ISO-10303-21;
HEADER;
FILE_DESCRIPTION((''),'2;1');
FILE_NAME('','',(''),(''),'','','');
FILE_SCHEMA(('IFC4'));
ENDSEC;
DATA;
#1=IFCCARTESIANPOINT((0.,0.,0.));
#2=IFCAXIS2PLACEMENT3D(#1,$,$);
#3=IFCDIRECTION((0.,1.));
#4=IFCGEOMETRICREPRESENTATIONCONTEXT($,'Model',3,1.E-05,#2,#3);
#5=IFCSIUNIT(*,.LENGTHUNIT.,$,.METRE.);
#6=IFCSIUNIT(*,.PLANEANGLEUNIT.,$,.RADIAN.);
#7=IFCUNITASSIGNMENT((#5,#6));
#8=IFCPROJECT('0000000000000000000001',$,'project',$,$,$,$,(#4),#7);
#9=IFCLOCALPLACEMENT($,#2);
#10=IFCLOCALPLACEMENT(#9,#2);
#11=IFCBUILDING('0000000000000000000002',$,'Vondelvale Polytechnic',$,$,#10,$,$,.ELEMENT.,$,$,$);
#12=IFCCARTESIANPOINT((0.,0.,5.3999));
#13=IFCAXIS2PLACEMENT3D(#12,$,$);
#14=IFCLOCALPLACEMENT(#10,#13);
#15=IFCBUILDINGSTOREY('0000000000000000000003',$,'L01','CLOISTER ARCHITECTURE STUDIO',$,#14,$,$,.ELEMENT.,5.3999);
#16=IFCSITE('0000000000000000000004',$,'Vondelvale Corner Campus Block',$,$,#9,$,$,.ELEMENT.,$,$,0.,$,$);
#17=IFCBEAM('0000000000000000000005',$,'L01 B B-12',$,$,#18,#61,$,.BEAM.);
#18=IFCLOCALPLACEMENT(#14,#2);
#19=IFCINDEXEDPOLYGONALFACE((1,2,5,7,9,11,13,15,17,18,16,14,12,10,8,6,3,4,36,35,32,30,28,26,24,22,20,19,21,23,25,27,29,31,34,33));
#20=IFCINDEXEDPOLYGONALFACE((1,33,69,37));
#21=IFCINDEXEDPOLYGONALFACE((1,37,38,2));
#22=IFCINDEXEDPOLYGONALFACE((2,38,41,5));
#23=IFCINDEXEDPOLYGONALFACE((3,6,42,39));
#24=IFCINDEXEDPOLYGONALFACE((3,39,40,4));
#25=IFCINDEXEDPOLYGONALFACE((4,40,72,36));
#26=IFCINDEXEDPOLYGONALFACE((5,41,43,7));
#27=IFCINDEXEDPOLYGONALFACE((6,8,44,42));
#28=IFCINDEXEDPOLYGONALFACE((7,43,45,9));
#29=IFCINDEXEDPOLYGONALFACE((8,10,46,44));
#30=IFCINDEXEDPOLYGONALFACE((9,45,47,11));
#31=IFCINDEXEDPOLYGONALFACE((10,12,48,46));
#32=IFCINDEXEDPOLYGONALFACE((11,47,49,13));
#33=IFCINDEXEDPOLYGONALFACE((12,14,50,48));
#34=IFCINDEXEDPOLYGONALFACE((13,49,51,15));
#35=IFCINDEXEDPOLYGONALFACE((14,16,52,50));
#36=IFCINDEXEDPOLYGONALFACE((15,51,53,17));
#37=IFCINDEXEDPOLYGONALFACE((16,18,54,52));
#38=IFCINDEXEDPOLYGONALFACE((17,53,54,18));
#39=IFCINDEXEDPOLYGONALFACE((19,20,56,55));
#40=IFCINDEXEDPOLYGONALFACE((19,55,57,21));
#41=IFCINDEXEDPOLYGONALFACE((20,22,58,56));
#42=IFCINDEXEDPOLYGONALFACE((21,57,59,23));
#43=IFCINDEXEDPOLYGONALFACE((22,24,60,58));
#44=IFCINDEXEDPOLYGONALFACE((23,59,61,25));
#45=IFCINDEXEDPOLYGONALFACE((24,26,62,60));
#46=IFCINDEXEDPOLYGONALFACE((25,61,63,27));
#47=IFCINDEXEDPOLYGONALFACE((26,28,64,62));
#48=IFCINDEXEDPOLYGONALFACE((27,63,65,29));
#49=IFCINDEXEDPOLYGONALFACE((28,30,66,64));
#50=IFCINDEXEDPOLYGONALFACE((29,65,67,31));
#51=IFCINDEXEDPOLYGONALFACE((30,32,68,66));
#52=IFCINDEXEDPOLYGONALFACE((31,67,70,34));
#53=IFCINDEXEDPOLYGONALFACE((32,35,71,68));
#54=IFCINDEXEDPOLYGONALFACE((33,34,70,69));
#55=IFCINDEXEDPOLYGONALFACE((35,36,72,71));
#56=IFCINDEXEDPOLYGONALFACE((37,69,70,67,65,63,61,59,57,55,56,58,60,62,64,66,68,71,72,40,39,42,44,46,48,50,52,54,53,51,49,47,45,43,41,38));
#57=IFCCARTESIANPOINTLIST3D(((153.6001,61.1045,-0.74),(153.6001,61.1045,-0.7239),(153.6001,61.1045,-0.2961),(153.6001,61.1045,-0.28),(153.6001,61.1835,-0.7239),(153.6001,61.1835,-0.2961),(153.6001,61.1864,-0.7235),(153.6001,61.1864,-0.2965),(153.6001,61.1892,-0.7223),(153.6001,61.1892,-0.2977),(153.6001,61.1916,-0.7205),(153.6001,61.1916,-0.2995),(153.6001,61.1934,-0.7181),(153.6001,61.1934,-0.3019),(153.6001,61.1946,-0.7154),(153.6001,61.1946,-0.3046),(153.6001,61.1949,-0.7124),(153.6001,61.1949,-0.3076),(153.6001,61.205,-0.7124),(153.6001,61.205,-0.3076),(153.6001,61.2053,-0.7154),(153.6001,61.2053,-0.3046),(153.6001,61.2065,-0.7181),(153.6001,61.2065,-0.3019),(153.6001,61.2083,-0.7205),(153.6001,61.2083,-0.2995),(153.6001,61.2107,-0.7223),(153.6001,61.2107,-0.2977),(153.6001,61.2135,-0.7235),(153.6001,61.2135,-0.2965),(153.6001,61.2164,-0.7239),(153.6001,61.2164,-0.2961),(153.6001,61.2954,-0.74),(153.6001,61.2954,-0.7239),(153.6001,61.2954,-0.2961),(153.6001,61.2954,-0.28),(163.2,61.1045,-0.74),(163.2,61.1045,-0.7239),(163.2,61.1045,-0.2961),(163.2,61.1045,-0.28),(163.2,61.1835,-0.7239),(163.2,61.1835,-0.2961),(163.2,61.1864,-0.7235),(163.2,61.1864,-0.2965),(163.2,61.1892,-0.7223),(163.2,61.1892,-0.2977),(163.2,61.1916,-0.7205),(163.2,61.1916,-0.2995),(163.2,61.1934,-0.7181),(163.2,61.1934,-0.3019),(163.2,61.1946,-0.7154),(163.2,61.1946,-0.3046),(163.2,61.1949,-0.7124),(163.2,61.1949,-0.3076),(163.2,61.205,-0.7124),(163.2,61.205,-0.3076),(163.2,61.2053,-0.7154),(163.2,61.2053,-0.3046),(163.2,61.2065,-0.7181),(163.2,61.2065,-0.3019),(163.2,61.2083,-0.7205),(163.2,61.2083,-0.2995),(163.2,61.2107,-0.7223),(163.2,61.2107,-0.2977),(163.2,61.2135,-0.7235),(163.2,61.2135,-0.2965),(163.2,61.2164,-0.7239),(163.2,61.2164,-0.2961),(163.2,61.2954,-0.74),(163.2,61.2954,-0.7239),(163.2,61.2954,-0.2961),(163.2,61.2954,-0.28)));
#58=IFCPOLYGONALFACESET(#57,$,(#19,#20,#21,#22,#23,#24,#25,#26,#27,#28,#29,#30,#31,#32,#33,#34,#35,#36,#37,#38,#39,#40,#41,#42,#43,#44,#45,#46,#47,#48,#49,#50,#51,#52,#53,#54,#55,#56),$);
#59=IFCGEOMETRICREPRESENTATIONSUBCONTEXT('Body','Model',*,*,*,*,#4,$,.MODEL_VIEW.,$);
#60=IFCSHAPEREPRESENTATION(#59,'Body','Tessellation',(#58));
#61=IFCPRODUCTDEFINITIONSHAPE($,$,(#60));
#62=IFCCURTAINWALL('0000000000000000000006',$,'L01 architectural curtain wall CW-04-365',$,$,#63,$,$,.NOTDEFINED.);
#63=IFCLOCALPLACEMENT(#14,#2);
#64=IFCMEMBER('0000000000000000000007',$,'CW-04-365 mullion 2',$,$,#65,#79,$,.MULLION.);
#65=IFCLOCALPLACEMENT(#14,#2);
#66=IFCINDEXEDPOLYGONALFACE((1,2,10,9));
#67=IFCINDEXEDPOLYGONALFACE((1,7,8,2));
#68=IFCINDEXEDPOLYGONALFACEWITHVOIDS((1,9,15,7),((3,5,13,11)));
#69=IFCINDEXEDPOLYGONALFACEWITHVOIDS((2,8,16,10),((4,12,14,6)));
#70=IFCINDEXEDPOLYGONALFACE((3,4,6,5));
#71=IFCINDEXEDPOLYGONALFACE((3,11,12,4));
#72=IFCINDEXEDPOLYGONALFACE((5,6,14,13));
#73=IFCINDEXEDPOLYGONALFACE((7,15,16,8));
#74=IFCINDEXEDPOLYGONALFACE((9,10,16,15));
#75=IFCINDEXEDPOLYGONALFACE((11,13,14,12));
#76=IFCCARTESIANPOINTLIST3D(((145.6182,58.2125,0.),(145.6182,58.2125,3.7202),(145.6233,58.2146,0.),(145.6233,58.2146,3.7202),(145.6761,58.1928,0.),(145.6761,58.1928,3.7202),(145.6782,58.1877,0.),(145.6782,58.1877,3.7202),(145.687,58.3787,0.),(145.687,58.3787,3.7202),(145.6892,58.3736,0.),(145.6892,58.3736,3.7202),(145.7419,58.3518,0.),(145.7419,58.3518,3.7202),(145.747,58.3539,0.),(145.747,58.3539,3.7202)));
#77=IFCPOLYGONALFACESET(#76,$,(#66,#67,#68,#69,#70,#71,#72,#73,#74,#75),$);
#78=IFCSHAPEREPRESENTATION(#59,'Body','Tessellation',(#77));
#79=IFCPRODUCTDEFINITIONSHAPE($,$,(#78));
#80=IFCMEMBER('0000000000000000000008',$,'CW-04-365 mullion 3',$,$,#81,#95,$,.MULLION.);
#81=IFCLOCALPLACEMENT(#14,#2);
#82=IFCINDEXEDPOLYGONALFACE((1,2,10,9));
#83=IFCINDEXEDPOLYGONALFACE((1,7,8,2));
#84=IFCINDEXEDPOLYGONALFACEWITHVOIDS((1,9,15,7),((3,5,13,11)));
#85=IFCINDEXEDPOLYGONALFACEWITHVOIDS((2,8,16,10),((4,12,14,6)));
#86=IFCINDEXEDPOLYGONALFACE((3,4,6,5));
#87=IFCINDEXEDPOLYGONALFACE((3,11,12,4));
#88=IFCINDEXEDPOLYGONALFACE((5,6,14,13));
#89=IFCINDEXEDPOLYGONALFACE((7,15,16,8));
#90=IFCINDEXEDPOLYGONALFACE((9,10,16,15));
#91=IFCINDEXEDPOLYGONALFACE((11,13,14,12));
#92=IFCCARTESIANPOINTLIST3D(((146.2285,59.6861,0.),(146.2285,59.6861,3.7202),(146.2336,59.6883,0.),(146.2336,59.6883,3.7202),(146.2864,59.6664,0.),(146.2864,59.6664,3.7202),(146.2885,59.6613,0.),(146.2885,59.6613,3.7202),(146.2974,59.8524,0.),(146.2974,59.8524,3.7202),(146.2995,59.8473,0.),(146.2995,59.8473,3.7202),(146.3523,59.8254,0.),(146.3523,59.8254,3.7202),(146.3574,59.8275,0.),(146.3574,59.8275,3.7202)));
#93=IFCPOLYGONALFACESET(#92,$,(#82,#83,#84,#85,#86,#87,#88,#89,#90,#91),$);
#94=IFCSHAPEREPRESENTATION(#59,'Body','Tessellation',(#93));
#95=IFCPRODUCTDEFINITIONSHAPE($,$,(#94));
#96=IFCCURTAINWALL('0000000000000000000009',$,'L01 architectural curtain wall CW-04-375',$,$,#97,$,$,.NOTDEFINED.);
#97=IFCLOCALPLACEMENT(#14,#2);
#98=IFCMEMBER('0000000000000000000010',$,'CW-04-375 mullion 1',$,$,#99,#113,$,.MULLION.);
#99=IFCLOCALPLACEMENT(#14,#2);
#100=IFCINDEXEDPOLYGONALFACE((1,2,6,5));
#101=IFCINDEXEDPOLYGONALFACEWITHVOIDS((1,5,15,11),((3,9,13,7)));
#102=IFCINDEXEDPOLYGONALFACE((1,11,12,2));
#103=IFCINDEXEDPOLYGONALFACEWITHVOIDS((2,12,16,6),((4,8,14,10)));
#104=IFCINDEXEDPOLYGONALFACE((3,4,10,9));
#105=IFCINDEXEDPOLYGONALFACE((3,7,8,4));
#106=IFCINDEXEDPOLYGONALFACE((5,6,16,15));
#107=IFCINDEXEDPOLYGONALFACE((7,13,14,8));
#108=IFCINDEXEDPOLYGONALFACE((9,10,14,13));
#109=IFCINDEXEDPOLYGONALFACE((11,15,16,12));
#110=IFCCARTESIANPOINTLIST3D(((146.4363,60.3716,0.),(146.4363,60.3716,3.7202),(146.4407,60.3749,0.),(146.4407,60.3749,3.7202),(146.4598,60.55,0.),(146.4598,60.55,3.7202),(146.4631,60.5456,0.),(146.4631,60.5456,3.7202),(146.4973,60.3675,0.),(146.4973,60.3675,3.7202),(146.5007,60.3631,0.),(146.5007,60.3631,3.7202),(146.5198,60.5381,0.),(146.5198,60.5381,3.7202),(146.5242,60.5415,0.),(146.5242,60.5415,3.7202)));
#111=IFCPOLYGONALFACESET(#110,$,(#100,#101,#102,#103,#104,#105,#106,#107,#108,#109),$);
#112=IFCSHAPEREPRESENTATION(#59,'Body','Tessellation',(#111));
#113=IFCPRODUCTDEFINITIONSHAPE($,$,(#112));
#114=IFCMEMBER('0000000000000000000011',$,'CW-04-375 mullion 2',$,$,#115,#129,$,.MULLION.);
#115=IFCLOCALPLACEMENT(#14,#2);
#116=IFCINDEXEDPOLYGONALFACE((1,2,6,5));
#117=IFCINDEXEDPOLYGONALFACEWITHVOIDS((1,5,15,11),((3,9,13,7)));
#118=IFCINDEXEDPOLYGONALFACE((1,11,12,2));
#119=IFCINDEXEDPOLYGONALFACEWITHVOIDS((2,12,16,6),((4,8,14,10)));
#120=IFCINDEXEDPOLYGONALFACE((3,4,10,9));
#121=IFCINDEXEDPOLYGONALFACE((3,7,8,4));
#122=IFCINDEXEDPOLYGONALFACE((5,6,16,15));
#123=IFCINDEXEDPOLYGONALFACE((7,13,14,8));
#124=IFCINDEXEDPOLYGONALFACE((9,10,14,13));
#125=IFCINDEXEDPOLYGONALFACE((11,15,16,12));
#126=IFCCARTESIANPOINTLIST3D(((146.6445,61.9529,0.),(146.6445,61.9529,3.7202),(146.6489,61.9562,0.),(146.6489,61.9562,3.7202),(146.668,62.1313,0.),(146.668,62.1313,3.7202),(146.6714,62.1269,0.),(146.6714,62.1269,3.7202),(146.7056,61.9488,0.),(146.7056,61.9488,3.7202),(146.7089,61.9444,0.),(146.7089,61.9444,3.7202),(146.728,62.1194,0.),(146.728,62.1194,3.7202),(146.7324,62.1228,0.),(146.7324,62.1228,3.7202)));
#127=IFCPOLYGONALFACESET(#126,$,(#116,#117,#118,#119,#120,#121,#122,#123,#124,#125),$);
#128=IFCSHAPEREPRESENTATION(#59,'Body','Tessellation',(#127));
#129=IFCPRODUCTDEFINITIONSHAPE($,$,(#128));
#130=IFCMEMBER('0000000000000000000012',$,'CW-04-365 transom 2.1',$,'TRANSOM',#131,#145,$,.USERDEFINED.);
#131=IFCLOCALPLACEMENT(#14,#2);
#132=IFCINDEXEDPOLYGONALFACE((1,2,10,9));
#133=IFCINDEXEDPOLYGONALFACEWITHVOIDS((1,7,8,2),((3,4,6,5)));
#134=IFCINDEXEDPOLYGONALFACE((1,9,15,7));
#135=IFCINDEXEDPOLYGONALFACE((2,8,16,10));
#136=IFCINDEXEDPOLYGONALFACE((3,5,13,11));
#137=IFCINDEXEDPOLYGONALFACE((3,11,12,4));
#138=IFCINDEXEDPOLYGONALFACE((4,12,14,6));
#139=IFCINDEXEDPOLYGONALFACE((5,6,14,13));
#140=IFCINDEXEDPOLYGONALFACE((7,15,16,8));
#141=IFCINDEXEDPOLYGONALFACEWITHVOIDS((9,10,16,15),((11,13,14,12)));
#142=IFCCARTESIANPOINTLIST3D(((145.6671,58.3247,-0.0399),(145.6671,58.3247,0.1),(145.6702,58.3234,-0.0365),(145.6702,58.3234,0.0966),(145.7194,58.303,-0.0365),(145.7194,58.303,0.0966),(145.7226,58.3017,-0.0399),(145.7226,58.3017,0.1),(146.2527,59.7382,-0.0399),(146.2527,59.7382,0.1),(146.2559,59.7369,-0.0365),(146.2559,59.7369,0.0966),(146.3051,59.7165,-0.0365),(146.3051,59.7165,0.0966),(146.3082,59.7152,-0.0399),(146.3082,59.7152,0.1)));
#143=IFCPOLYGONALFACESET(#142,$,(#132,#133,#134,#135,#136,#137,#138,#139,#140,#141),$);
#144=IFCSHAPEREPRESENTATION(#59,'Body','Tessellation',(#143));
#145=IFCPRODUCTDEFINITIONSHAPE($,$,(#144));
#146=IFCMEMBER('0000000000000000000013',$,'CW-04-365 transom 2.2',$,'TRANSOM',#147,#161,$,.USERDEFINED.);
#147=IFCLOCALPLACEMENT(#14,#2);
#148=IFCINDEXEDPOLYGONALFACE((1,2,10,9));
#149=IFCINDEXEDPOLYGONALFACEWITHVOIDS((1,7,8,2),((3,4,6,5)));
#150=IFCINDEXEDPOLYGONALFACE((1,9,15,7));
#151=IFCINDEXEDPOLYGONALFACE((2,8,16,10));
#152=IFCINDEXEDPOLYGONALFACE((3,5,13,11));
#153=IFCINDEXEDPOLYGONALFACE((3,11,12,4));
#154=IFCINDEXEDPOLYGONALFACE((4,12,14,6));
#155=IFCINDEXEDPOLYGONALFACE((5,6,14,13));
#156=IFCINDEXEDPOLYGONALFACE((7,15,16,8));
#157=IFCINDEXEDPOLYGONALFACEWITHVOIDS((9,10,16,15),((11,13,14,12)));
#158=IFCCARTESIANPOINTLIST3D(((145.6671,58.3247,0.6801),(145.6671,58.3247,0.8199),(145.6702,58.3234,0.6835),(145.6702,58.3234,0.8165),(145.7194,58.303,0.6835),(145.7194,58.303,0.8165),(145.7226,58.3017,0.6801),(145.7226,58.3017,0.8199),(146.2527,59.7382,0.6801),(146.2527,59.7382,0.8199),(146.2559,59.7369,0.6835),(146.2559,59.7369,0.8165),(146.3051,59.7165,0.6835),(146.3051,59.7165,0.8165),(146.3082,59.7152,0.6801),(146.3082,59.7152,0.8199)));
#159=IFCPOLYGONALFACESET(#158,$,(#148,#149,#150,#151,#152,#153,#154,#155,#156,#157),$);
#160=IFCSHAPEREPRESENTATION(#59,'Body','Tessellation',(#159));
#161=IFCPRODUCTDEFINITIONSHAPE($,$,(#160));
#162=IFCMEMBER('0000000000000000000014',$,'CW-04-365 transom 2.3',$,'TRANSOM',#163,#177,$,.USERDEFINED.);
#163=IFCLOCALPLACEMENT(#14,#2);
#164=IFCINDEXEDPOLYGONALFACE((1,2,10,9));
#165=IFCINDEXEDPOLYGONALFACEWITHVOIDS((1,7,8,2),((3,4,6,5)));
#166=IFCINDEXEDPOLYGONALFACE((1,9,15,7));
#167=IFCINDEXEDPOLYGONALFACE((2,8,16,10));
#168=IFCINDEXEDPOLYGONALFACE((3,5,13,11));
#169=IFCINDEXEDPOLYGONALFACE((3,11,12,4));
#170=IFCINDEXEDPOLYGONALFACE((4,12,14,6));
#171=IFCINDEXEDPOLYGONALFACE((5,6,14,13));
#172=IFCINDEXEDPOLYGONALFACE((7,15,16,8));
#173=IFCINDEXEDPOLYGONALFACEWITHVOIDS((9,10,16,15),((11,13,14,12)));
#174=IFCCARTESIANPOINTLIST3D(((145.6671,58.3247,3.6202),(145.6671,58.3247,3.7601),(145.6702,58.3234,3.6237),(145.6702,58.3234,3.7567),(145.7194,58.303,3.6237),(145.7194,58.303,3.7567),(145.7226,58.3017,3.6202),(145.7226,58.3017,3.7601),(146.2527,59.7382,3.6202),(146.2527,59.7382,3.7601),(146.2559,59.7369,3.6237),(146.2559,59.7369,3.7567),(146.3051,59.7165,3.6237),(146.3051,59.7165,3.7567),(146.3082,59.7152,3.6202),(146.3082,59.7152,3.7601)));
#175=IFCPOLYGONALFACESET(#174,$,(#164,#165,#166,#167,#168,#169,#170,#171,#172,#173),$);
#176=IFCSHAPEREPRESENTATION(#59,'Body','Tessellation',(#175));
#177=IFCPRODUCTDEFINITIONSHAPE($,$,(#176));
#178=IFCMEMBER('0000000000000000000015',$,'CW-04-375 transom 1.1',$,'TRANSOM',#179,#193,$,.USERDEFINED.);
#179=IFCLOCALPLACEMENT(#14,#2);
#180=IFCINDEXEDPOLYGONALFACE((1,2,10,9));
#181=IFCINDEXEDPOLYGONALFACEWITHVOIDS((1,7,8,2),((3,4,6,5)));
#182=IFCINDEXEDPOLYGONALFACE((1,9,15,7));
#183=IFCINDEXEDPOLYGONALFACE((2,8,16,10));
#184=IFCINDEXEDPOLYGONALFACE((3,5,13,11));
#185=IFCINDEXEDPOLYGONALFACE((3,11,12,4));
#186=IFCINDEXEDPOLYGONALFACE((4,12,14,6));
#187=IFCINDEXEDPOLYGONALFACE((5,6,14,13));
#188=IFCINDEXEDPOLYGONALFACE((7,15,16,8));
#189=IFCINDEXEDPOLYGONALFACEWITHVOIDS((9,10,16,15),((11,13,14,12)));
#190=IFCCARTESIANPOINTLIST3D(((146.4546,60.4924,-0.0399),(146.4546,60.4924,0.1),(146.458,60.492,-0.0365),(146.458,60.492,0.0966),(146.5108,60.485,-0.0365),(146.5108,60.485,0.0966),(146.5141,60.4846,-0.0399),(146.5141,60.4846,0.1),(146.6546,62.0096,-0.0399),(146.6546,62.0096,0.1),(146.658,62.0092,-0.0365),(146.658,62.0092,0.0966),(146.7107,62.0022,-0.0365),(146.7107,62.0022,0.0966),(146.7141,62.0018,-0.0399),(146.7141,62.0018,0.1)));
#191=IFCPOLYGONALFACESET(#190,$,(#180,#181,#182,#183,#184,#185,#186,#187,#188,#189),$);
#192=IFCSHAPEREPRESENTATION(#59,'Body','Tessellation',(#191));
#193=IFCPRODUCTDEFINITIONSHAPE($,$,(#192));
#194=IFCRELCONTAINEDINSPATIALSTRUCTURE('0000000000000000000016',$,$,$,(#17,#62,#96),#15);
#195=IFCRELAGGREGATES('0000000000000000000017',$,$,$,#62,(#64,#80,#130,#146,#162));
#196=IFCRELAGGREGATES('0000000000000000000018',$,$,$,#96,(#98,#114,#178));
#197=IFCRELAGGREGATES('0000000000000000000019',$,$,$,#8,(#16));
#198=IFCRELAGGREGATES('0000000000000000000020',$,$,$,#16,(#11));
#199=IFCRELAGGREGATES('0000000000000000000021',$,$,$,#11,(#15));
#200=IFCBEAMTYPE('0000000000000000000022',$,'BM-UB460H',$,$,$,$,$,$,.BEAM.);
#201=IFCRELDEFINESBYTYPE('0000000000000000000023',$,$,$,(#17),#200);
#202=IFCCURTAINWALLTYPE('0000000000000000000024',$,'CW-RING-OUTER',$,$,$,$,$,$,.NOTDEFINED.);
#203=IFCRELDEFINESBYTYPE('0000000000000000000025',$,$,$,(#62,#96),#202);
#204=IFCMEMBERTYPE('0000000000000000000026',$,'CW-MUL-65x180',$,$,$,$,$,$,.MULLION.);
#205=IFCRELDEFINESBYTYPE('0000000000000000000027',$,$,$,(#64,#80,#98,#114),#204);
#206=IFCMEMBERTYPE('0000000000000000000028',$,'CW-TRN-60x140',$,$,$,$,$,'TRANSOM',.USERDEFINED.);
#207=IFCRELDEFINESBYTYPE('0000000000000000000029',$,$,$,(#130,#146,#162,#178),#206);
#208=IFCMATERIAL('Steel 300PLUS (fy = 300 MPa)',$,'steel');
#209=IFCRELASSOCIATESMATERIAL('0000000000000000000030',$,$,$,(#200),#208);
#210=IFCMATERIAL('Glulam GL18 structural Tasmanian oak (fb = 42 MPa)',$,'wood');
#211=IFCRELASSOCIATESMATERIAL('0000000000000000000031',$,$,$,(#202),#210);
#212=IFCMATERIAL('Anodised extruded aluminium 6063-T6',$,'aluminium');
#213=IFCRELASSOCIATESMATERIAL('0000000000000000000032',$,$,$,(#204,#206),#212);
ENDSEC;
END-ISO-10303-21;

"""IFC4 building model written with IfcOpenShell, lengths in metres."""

from ifc_helpers import new_model, si_unit, direction, frame, origin, origin_2d, place, context, subcontext, project, spatial, hollow_rectangle, i_section, extrude, material, material_profile, profile_set, type_object, element, aggregate, save


model = new_model("IFC4")

# Units and contexts
model_context = context("Model", 3, precision=1e-05, world=origin(), true_north=direction((0.0, 1.0)))
body_context = subcontext(model_context, "Body", "Model", "MODEL_VIEW")
ifc_project = project(units=[si_unit("LENGTHUNIT", "METRE"), si_unit("PLANEANGLEUNIT", "RADIAN")], contexts=[model_context])

# Site, building, storey
site_placement = place(None, origin())
site = spatial("IfcSite", under=ifc_project, at=site_placement, Name="Vondelvale Corner Campus Block", CompositionType="ELEMENT", RefElevation=0.0)
building_placement = place(site_placement, origin())
building = spatial("IfcBuilding", under=site, at=building_placement, Name="Vondelvale Polytechnic", CompositionType="ELEMENT")
storey_placement = place(building_placement, frame((0.0, 0.0, 5.3999)))
storey = spatial("IfcBuildingStorey", under=building, at=storey_placement, Name="L01", Description="CLOISTER ARCHITECTURE STUDIO", CompositionType="ELEMENT", Elevation=5.3999)

# Shared definitions
ifc_material_1 = material(Name="Steel 300PLUS (fy = 300 MPa)", Category="steel")

# Beam
ifc_material_profile_1 = material_profile(ifc_material_1, i_section(OverallWidth=0.1909, OverallDepth=0.46, WebThickness=0.01, FlangeThickness=0.0161, FilletRadius=0.0115, at=origin_2d()), Name="460UB82.1")
ifc_profile_set_1 = profile_set([ifc_material_profile_1], Name="Steel 300PLUS (fy = 300 MPa)")
beam_type_1 = type_object("IfcBeamType", Name="BM-UB460H", PredefinedType="BEAM", material=ifc_profile_set_1)
beam_1_placement = place(storey_placement, frame((153.6001, 61.2, -0.51), z_axis=(1.0, 0.0, 0.0), x_axis=(0.0, 1.0, 0.0)))
element("IfcBeam", 1, at=beam_1_placement, inside=storey, type_object=beam_type_1, Name="L01 B B-12", PredefinedType="BEAM", context=body_context, shape_type="SweptSolid", body=[
    extrude(i_section(OverallWidth=0.1909, OverallDepth=0.46, WebThickness=0.01, FlangeThickness=0.0161, FilletRadius=0.0115, at=origin_2d()), origin(), (0.0, 0.0, 1.0), 9.5999),
])

# Curtain walls, members
ifc_material_2 = material(Name="Glulam GL18 structural Tasmanian oak (fb = 42 MPa)", Category="wood")
curtain_wall_type = type_object("IfcCurtainWallType", Name="CW-RING-OUTER", PredefinedType="NOTDEFINED", material=ifc_material_2)
curtain_wall_1_placement = place(storey_placement, origin())
curtain_wall_1 = element("IfcCurtainWall", 2, at=curtain_wall_1_placement, inside=storey, type_object=curtain_wall_type, Name="L01 architectural curtain wall CW-04-365", PredefinedType="NOTDEFINED")
ifc_material_3 = material(Name="Anodised extruded aluminium 6063-T6", Category="aluminium")
ifc_material_profile_2 = material_profile(ifc_material_3, hollow_rectangle(XDim=0.0649, YDim=0.1799, WallThickness=0.0039, at=origin_2d()), Name="CW-MUL-180x65")
ifc_profile_set_2 = profile_set([ifc_material_profile_2], Name="Anodised extruded aluminium 6063-T6")
member_type_1 = type_object("IfcMemberType", Name="CW-MUL-65x180", PredefinedType="MULLION", material=ifc_profile_set_2)
member_1_placement = place(storey_placement, frame((145.6826, 58.2832, 0.0), z_axis=(0.0, 0.0, 1.0), x_axis=(-0.923882, 0.382677, 0.0)))
member_1 = element("IfcMember", 3, at=member_1_placement, type_object=member_type_1, Name="CW-04-365 mullion 2", PredefinedType="MULLION", context=body_context, shape_type="SweptSolid", body=[
    extrude(hollow_rectangle(XDim=0.0649, YDim=0.1799, WallThickness=0.0039, at=origin_2d()), origin(), (0.0, 0.0, 1.0), 3.7202),
])
member_2_placement = place(storey_placement, frame((146.293, 59.7568, 0.0), z_axis=(0.0, 0.0, 1.0), x_axis=(-0.923882, 0.382677, 0.0)))
member_2 = element("IfcMember", 4, at=member_2_placement, type_object=member_type_1, Name="CW-04-365 mullion 3", PredefinedType="MULLION", context=body_context, shape_type="SweptSolid", body=[
    extrude(hollow_rectangle(XDim=0.0649, YDim=0.1799, WallThickness=0.0039, at=origin_2d()), origin(), (0.0, 0.0, 1.0), 3.7202),
])
curtain_wall_2_placement = place(storey_placement, origin())
curtain_wall_2 = element("IfcCurtainWall", 5, at=curtain_wall_2_placement, inside=storey, type_object=curtain_wall_type, Name="L01 architectural curtain wall CW-04-375", PredefinedType="NOTDEFINED")
member_3_placement = place(storey_placement, frame((146.4802, 60.4565, 0.0), z_axis=(0.0, 0.0, 1.0), x_axis=(-0.991443, 0.13054, 0.0)))
member_3 = element("IfcMember", 6, at=member_3_placement, type_object=member_type_1, Name="CW-04-375 mullion 1", PredefinedType="MULLION", context=body_context, shape_type="SweptSolid", body=[
    extrude(hollow_rectangle(XDim=0.0649, YDim=0.1799, WallThickness=0.0039, at=origin_2d()), origin(), (0.0, 0.0, 1.0), 3.7202),
])
member_4_placement = place(storey_placement, frame((146.6885, 62.0378, 0.0), z_axis=(0.0, 0.0, 1.0), x_axis=(-0.991443, 0.13054, 0.0)))
member_4 = element("IfcMember", 7, at=member_4_placement, type_object=member_type_1, Name="CW-04-375 mullion 2", PredefinedType="MULLION", context=body_context, shape_type="SweptSolid", body=[
    extrude(hollow_rectangle(XDim=0.0649, YDim=0.1799, WallThickness=0.0039, at=origin_2d()), origin(), (0.0, 0.0, 1.0), 3.7202),
])

# Members
ifc_material_profile_3 = material_profile(ifc_material_3, hollow_rectangle(XDim=0.0601, YDim=0.1399, WallThickness=0.0034, at=origin_2d()), Name="CW-TRN-140x60")
ifc_profile_set_3 = profile_set([ifc_material_profile_3], Name="Anodised extruded aluminium 6063-T6")
member_type_2 = type_object("IfcMemberType", Name="CW-TRN-60x140", ElementType="TRANSOM", PredefinedType="USERDEFINED", material=ifc_profile_set_3)
member_5_placement = place(storey_placement, frame((145.6948, 58.3132, 0.03), z_axis=(0.382779, 0.92384, 0.0), x_axis=(-0.92384, 0.382779, 0.0)))
member_5 = element("IfcMember", 8, at=member_5_placement, type_object=member_type_2, Name="CW-04-365 transom 2.1", ObjectType="TRANSOM", PredefinedType="USERDEFINED", context=body_context, shape_type="SweptSolid", body=[
    extrude(hollow_rectangle(XDim=0.0601, YDim=0.1399, WallThickness=0.0034, at=origin_2d()), origin(), (0.0, 0.0, 1.0), 1.53),
])
member_6_placement = place(storey_placement, frame((145.6948, 58.3132, 0.75), z_axis=(0.382779, 0.92384, 0.0), x_axis=(-0.92384, 0.382779, 0.0)))
member_6 = element("IfcMember", 9, at=member_6_placement, type_object=member_type_2, Name="CW-04-365 transom 2.2", ObjectType="TRANSOM", PredefinedType="USERDEFINED", context=body_context, shape_type="SweptSolid", body=[
    extrude(hollow_rectangle(XDim=0.0601, YDim=0.1399, WallThickness=0.0034, at=origin_2d()), origin(), (0.0, 0.0, 1.0), 1.53),
])
member_7_placement = place(storey_placement, frame((145.6948, 58.3132, 3.6902), z_axis=(0.382779, 0.92384, 0.0), x_axis=(-0.92384, 0.382779, 0.0)))
member_7 = element("IfcMember", 10, at=member_7_placement, type_object=member_type_2, Name="CW-04-365 transom 2.3", ObjectType="TRANSOM", PredefinedType="USERDEFINED", context=body_context, shape_type="SweptSolid", body=[
    extrude(hollow_rectangle(XDim=0.0601, YDim=0.1399, WallThickness=0.0034, at=origin_2d()), origin(), (0.0, 0.0, 1.0), 1.53),
])
member_8_placement = place(storey_placement, frame((146.4844, 60.4885, 0.03), z_axis=(0.130669, 0.991426, 0.0), x_axis=(-0.991426, 0.130669, 0.0)))
member_8 = element("IfcMember", 11, at=member_8_placement, type_object=member_type_2, Name="CW-04-375 transom 1.1", ObjectType="TRANSOM", PredefinedType="USERDEFINED", context=body_context, shape_type="SweptSolid", body=[
    extrude(hollow_rectangle(XDim=0.0601, YDim=0.1399, WallThickness=0.0034, at=origin_2d()), origin(), (0.0, 0.0, 1.0), 1.5303),
])

aggregate(curtain_wall_1, [member_1, member_2, member_5, member_6, member_7])
aggregate(curtain_wall_2, [member_3, member_4, member_8])

save(model, "model.ifc")
